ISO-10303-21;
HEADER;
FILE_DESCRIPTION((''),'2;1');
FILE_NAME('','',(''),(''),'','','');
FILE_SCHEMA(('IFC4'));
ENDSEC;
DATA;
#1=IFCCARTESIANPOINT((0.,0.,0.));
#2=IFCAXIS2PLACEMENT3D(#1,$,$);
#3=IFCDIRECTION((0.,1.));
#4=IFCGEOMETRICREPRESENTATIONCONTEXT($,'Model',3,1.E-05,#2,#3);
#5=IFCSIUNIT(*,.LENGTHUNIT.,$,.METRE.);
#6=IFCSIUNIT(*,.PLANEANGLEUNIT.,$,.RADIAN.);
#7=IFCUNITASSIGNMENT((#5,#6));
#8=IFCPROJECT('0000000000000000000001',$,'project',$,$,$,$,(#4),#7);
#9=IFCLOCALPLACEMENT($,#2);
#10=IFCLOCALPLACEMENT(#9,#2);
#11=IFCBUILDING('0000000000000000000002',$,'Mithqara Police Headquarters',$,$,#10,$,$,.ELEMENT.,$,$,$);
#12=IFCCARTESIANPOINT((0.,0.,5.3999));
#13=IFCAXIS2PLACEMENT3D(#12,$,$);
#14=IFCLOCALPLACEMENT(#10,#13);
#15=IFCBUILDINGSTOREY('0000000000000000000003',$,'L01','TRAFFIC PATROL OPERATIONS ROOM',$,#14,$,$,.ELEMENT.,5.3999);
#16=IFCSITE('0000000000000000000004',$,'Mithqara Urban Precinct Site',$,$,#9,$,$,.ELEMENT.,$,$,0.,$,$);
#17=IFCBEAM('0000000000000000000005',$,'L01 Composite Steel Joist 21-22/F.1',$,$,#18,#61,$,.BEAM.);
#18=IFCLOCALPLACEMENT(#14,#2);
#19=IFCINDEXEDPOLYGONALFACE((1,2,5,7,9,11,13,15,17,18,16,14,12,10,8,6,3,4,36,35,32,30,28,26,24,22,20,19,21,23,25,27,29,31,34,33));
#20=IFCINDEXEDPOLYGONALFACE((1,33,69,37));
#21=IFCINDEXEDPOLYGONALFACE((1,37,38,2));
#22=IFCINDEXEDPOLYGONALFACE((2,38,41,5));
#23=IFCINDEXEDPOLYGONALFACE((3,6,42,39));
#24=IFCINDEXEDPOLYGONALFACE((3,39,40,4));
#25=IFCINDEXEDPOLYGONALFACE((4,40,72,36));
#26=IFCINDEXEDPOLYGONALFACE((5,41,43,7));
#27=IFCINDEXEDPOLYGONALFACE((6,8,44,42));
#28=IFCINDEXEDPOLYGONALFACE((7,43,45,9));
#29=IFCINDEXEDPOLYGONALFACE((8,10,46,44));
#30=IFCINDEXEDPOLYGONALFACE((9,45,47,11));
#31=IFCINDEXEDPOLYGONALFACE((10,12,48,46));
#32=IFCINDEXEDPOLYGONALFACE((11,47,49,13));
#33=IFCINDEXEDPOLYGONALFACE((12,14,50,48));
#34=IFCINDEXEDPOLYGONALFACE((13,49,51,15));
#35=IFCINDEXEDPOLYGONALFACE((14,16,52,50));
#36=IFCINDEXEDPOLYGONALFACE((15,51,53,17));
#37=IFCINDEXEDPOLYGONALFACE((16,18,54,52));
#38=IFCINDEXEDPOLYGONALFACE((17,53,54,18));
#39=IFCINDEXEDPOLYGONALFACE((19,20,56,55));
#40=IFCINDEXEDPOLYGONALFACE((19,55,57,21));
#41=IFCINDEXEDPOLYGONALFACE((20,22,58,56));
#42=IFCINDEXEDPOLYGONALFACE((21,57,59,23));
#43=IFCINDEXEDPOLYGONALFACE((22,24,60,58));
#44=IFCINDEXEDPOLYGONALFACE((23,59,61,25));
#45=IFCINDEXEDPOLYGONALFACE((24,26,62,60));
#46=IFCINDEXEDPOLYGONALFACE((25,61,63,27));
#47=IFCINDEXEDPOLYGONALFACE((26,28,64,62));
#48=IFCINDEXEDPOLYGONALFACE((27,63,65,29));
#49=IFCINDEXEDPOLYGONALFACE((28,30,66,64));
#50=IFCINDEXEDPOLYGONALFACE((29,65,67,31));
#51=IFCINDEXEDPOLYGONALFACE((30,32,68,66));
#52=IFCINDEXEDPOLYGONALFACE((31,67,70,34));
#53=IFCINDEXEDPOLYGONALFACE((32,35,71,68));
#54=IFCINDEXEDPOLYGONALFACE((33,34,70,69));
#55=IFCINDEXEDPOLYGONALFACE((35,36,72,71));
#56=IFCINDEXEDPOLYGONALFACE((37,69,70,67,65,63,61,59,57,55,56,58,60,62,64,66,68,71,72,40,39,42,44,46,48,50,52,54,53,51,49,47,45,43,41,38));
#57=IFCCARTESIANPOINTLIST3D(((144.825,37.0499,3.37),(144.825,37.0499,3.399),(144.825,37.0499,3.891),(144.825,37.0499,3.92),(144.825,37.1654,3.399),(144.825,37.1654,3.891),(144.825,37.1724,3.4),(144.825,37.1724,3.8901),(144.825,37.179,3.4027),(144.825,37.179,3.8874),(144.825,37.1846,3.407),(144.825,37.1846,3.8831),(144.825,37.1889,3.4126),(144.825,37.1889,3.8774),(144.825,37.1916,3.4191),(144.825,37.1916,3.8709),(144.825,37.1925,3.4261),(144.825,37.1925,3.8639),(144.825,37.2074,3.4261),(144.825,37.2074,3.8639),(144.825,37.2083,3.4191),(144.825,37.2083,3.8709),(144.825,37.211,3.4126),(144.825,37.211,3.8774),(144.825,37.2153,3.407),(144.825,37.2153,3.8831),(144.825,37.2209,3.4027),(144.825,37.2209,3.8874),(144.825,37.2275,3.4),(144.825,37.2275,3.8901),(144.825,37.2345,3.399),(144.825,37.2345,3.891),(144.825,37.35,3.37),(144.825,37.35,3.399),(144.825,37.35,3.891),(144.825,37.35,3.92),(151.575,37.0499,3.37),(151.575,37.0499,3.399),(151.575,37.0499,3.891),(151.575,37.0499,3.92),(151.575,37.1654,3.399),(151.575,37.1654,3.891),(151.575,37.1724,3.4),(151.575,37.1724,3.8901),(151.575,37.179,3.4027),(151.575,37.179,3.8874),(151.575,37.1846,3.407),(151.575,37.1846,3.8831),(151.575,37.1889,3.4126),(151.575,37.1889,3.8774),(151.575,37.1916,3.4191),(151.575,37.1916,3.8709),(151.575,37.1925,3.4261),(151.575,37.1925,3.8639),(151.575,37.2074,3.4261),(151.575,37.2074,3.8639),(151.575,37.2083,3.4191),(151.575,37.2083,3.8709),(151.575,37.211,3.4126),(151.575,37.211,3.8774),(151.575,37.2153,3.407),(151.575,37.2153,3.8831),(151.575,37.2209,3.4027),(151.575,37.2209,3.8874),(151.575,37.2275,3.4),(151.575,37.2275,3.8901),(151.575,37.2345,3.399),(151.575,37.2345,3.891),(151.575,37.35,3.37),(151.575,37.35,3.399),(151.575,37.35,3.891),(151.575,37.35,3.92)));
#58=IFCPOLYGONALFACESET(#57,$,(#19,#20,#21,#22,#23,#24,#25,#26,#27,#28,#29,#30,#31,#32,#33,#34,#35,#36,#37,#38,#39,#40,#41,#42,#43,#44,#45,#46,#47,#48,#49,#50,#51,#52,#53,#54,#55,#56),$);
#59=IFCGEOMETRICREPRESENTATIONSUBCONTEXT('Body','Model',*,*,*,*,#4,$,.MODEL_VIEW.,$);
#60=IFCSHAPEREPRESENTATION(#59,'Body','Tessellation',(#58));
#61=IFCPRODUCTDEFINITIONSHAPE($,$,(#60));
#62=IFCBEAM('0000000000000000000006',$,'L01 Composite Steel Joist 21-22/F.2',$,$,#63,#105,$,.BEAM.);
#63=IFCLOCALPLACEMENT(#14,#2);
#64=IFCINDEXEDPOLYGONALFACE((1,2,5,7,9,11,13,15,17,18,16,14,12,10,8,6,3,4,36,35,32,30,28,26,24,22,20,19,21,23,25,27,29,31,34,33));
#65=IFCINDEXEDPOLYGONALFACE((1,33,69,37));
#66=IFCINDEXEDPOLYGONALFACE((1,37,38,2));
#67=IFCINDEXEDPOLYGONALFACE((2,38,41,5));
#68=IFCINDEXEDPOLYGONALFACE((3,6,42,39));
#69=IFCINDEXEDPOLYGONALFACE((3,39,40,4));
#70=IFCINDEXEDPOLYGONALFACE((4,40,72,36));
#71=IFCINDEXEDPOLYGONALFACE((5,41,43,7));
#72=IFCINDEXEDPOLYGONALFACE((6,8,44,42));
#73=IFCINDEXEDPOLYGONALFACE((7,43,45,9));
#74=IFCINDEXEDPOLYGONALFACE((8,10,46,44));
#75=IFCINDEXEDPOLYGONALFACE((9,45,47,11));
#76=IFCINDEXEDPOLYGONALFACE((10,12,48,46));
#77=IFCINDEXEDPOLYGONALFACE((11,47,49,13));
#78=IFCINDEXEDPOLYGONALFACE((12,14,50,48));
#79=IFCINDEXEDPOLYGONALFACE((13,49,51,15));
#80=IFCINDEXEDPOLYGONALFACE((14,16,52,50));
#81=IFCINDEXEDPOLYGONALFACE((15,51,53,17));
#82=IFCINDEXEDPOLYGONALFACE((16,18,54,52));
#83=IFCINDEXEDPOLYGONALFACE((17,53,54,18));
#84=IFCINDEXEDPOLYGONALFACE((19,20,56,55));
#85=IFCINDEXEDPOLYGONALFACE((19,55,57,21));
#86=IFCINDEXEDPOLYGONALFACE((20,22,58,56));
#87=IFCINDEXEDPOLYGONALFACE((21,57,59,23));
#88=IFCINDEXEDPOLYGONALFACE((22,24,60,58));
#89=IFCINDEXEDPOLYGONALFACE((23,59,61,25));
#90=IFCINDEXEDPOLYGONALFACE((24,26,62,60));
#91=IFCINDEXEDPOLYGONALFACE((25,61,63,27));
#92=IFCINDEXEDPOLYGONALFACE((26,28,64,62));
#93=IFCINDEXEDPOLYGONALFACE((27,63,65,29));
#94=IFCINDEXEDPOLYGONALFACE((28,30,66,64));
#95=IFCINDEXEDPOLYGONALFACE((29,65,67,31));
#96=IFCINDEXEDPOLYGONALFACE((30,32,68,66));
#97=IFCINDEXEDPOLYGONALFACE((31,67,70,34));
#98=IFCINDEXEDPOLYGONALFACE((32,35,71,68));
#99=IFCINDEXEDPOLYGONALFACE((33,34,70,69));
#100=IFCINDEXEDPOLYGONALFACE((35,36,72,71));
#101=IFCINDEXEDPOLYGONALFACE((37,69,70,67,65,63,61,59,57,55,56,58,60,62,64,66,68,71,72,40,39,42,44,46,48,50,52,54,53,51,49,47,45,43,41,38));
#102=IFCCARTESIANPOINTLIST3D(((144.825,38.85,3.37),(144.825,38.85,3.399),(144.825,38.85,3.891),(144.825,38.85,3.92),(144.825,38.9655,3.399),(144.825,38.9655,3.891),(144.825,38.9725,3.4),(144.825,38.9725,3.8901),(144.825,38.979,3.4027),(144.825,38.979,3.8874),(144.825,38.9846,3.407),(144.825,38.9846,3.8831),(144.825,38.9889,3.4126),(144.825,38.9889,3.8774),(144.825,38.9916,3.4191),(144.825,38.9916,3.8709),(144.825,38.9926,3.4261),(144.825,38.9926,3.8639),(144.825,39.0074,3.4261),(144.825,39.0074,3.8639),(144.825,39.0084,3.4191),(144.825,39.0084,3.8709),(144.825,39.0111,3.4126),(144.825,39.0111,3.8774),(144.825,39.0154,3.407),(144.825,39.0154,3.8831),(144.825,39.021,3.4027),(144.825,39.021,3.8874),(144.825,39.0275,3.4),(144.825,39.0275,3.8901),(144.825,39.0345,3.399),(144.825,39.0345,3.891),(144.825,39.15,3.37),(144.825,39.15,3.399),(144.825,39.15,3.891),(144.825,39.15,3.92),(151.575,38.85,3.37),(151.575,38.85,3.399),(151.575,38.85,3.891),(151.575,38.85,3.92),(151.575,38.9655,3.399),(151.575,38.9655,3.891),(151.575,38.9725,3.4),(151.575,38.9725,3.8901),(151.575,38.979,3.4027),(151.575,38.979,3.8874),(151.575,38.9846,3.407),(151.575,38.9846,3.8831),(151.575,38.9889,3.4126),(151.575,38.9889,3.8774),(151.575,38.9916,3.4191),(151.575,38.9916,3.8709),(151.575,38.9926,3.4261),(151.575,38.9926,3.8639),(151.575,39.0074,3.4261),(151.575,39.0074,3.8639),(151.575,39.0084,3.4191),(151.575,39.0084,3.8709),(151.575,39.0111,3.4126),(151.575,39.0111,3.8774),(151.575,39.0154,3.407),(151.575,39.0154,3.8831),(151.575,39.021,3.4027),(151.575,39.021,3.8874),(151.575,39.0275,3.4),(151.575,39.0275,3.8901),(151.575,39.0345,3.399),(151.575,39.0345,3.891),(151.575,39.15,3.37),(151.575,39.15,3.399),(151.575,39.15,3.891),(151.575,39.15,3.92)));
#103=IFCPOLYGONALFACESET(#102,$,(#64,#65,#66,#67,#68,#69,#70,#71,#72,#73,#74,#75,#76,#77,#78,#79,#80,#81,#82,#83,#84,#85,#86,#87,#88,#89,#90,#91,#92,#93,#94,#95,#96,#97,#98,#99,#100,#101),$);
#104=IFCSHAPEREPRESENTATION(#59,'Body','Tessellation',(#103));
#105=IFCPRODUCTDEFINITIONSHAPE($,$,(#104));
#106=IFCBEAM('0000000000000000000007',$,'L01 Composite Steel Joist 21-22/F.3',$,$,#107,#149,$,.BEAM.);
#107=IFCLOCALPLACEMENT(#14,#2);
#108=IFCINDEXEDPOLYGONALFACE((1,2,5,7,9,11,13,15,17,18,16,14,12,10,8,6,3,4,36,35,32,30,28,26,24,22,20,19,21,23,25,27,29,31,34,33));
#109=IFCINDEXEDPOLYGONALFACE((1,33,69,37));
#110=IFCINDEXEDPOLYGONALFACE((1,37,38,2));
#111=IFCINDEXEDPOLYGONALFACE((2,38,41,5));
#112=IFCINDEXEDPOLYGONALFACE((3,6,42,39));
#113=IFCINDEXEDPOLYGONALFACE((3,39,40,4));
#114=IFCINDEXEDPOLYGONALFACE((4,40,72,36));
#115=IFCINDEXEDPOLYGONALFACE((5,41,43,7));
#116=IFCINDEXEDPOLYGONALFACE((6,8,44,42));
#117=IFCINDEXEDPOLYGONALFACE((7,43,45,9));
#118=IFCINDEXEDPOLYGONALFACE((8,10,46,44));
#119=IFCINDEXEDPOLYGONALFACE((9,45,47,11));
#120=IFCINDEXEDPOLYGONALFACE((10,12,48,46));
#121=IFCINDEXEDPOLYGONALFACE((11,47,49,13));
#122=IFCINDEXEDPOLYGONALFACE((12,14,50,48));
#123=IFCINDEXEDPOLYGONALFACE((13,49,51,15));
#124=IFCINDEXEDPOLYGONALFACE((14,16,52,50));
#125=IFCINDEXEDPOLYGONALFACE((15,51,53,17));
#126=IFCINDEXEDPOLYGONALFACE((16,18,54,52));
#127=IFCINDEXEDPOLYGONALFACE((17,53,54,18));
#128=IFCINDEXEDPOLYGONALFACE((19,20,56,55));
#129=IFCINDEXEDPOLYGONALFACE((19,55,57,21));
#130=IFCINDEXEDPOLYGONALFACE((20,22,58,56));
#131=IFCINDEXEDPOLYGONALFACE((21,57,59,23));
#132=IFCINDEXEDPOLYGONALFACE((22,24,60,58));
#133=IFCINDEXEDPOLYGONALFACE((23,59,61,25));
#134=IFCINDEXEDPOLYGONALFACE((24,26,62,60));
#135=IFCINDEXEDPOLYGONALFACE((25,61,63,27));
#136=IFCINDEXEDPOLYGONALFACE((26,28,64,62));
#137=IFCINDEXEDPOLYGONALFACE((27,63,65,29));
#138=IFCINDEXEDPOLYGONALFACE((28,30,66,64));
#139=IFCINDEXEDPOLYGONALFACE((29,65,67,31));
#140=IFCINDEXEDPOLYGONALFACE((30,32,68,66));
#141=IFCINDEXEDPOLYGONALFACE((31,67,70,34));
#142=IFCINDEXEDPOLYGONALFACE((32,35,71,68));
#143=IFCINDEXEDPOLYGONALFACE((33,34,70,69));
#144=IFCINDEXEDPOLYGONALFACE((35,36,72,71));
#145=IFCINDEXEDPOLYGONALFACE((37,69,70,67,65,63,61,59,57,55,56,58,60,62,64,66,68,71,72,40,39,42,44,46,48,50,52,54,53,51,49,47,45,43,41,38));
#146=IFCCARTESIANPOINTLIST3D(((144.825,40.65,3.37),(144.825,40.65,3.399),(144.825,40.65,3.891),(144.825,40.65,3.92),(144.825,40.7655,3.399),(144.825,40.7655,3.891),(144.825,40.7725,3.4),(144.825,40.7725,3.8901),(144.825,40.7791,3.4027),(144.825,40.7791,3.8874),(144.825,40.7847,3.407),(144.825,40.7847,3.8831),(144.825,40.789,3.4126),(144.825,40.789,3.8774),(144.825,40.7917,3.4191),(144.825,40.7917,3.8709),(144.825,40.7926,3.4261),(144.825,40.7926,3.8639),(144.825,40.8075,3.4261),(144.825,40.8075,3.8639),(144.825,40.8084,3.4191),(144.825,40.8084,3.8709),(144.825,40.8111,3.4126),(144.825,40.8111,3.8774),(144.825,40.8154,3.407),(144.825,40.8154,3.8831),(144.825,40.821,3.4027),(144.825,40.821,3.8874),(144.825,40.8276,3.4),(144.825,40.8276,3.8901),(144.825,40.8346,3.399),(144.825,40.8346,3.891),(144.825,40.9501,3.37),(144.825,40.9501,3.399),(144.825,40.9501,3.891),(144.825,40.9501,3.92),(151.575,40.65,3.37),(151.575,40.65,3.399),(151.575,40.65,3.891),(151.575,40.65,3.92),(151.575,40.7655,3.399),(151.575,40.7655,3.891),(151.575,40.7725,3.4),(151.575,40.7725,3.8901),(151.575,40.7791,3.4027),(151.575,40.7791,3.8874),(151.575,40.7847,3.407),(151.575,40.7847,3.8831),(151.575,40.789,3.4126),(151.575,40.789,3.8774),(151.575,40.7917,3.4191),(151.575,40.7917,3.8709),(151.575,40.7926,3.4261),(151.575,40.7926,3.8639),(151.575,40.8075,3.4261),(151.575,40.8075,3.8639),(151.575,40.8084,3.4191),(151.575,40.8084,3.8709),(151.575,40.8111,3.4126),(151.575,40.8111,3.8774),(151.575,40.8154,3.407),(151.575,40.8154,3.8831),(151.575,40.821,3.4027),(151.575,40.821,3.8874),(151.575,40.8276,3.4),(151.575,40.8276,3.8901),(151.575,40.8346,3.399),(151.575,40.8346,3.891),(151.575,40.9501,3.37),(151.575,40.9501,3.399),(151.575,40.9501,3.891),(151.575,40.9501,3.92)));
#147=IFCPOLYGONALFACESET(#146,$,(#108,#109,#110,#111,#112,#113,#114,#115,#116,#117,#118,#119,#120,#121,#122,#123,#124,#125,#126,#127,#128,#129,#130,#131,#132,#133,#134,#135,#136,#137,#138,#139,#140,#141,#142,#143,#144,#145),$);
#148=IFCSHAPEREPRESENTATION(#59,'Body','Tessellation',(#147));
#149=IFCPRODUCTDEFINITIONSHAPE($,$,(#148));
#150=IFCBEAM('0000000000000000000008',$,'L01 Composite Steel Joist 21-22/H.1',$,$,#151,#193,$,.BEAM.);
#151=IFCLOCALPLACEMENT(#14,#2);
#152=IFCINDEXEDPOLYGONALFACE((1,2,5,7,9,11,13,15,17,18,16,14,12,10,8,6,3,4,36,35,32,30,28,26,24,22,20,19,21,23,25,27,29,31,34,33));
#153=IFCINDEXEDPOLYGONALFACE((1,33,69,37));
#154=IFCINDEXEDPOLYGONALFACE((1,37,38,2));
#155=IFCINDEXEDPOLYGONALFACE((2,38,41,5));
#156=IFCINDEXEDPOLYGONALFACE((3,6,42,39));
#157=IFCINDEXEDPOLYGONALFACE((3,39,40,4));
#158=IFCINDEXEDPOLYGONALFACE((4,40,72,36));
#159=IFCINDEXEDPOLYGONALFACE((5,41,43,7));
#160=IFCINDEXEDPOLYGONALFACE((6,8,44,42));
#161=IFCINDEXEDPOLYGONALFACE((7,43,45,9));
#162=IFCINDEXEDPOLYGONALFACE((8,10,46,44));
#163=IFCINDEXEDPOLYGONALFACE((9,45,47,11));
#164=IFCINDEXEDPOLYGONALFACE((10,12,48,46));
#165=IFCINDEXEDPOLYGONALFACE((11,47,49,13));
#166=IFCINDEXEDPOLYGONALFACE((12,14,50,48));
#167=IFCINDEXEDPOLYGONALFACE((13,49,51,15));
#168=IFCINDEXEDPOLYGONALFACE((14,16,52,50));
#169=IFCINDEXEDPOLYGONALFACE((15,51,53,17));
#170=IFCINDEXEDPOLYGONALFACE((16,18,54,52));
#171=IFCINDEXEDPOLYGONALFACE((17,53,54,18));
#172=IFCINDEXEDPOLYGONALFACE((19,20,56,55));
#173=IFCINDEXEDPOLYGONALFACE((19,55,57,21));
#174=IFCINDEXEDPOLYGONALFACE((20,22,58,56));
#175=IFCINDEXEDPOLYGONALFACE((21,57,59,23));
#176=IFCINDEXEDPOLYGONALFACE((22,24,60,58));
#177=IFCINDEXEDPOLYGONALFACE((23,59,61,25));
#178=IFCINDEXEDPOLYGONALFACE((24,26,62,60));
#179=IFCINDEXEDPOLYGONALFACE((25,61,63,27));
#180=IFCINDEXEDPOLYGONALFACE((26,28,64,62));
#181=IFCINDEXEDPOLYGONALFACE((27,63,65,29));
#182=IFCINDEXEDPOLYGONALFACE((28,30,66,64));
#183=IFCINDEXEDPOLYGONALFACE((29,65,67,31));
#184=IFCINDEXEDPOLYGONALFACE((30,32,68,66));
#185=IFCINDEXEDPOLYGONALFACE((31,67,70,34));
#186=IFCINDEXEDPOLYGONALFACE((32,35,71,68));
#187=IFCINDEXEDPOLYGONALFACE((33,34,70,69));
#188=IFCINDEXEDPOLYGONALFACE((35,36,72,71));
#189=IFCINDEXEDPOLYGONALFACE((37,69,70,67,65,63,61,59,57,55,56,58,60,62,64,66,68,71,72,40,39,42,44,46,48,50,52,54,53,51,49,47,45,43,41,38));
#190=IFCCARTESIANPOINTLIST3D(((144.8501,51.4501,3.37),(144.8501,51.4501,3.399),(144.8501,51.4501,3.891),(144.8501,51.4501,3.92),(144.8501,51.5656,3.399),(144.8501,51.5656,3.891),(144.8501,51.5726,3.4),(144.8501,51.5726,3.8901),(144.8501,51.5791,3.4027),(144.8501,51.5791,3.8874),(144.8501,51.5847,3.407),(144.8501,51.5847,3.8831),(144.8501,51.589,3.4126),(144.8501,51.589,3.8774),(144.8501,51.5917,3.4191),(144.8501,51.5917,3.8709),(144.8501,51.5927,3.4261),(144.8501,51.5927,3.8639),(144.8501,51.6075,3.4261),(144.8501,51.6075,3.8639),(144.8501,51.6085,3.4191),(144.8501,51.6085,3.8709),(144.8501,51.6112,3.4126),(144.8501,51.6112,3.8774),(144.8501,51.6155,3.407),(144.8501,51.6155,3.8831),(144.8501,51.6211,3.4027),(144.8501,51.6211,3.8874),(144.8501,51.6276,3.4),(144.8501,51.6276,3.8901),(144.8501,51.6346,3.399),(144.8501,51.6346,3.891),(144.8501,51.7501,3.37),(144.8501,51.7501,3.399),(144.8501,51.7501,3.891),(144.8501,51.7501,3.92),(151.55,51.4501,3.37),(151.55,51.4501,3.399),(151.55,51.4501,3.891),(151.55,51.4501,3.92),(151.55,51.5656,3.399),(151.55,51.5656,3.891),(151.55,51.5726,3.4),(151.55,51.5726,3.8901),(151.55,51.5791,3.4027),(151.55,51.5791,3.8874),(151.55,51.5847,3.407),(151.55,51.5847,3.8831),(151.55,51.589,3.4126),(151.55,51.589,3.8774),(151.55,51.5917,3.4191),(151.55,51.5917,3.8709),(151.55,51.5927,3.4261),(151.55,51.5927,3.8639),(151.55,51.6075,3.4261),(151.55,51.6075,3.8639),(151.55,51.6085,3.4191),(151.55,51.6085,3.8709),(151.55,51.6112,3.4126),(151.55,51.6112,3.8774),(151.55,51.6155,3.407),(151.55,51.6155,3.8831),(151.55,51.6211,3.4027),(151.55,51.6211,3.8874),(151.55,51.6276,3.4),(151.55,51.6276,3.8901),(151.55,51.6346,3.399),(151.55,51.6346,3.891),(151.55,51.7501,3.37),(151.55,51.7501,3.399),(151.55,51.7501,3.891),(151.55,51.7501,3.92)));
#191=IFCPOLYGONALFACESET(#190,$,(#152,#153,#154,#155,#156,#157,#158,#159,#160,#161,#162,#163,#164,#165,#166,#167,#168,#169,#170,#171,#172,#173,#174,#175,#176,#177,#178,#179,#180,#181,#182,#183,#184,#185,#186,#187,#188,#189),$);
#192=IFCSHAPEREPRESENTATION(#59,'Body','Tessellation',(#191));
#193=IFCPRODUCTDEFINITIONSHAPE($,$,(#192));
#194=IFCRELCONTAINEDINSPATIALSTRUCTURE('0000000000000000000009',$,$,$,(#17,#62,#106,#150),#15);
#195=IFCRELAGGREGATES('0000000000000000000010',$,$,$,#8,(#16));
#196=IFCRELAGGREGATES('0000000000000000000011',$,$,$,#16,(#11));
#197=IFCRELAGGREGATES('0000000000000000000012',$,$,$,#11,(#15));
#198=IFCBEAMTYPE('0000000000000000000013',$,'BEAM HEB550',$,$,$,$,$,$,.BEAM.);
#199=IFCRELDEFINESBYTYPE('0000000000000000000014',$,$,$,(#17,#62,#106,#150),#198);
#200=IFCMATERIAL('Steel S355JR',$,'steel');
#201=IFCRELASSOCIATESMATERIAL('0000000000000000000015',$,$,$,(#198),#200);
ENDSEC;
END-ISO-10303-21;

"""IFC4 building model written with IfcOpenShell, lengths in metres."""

from ifc_helpers import new_model, si_unit, direction, frame, origin, origin_2d, place, context, subcontext, project, spatial, i_section, extrude, material, material_profile, profile_set, type_object, element, save


model = new_model("IFC4")

# Units and contexts
model_context = context("Model", 3, precision=1e-05, world=origin(), true_north=direction((0.0, 1.0)))
body_context = subcontext(model_context, "Body", "Model", "MODEL_VIEW")
ifc_project = project(units=[si_unit("LENGTHUNIT", "METRE"), si_unit("PLANEANGLEUNIT", "RADIAN")], contexts=[model_context])

# Site, building, storey
site_placement = place(None, origin())
site = spatial("IfcSite", under=ifc_project, at=site_placement, Name="Mithqara Urban Precinct Site", CompositionType="ELEMENT", RefElevation=0.0)
building_placement = place(site_placement, origin())
building = spatial("IfcBuilding", under=site, at=building_placement, Name="Mithqara Police Headquarters", CompositionType="ELEMENT")
storey_placement = place(building_placement, frame((0.0, 0.0, 5.3999)))
storey = spatial("IfcBuildingStorey", under=building, at=storey_placement, Name="L01", Description="TRAFFIC PATROL OPERATIONS ROOM", CompositionType="ELEMENT", Elevation=5.3999)

# Beams
ifc_material_1 = material(Name="Steel S355JR", Category="steel")
ifc_material_profile_1 = material_profile(ifc_material_1, i_section(OverallWidth=0.3, OverallDepth=0.55, WebThickness=0.0149, FlangeThickness=0.0291, FilletRadius=0.0271, at=origin_2d()), Name="HEB 550")
ifc_profile_set_1 = profile_set([ifc_material_profile_1], Name="Steel S355JR")
beam_type_1 = type_object("IfcBeamType", Name="BEAM HEB550", PredefinedType="BEAM", material=ifc_profile_set_1)
for number, where, z_axis, x_axis, name in (
    (1, (144.825, 37.2, 3.645), (1.0, 0.0, 0.0), (0.0, 1.0, 0.0), "L01 Composite Steel Joist 21-22/F.1"),
    (2, (144.825, 39.0, 3.645), (1.0, 0.0, 0.0), (0.0, 1.0, 0.0), "L01 Composite Steel Joist 21-22/F.2"),
    (3, (144.825, 40.8, 3.645), (1.0, 0.0, 0.0), (0.0, 1.0, 0.0), "L01 Composite Steel Joist 21-22/F.3"),
):
    element("IfcBeam", number, at=place(storey_placement, frame(where, z_axis=z_axis, x_axis=x_axis)), inside=storey, type_object=beam_type_1, Name=name, PredefinedType="BEAM", context=body_context, shape_type="SweptSolid", body=[
        extrude(i_section(OverallWidth=0.3, OverallDepth=0.55, WebThickness=0.0149, FlangeThickness=0.0291, FilletRadius=0.0271, at=origin_2d()), origin(), (0.0, 0.0, 1.0), 6.75),
    ])
for number, where, z_axis, x_axis, name in (
    (4, (144.8501, 51.6001, 3.645), (1.0, 0.0, 0.0), (0.0, 1.0, 0.0), "L01 Composite Steel Joist 21-22/H.1"),
):
    element("IfcBeam", number, at=place(storey_placement, frame(where, z_axis=z_axis, x_axis=x_axis)), inside=storey, type_object=beam_type_1, Name=name, PredefinedType="BEAM", context=body_context, shape_type="SweptSolid", body=[
        extrude(i_section(OverallWidth=0.3, OverallDepth=0.55, WebThickness=0.0149, FlangeThickness=0.0291, FilletRadius=0.0271, at=origin_2d()), origin(), (0.0, 0.0, 1.0), 6.7),
    ])

save(model, "model.ifc")
